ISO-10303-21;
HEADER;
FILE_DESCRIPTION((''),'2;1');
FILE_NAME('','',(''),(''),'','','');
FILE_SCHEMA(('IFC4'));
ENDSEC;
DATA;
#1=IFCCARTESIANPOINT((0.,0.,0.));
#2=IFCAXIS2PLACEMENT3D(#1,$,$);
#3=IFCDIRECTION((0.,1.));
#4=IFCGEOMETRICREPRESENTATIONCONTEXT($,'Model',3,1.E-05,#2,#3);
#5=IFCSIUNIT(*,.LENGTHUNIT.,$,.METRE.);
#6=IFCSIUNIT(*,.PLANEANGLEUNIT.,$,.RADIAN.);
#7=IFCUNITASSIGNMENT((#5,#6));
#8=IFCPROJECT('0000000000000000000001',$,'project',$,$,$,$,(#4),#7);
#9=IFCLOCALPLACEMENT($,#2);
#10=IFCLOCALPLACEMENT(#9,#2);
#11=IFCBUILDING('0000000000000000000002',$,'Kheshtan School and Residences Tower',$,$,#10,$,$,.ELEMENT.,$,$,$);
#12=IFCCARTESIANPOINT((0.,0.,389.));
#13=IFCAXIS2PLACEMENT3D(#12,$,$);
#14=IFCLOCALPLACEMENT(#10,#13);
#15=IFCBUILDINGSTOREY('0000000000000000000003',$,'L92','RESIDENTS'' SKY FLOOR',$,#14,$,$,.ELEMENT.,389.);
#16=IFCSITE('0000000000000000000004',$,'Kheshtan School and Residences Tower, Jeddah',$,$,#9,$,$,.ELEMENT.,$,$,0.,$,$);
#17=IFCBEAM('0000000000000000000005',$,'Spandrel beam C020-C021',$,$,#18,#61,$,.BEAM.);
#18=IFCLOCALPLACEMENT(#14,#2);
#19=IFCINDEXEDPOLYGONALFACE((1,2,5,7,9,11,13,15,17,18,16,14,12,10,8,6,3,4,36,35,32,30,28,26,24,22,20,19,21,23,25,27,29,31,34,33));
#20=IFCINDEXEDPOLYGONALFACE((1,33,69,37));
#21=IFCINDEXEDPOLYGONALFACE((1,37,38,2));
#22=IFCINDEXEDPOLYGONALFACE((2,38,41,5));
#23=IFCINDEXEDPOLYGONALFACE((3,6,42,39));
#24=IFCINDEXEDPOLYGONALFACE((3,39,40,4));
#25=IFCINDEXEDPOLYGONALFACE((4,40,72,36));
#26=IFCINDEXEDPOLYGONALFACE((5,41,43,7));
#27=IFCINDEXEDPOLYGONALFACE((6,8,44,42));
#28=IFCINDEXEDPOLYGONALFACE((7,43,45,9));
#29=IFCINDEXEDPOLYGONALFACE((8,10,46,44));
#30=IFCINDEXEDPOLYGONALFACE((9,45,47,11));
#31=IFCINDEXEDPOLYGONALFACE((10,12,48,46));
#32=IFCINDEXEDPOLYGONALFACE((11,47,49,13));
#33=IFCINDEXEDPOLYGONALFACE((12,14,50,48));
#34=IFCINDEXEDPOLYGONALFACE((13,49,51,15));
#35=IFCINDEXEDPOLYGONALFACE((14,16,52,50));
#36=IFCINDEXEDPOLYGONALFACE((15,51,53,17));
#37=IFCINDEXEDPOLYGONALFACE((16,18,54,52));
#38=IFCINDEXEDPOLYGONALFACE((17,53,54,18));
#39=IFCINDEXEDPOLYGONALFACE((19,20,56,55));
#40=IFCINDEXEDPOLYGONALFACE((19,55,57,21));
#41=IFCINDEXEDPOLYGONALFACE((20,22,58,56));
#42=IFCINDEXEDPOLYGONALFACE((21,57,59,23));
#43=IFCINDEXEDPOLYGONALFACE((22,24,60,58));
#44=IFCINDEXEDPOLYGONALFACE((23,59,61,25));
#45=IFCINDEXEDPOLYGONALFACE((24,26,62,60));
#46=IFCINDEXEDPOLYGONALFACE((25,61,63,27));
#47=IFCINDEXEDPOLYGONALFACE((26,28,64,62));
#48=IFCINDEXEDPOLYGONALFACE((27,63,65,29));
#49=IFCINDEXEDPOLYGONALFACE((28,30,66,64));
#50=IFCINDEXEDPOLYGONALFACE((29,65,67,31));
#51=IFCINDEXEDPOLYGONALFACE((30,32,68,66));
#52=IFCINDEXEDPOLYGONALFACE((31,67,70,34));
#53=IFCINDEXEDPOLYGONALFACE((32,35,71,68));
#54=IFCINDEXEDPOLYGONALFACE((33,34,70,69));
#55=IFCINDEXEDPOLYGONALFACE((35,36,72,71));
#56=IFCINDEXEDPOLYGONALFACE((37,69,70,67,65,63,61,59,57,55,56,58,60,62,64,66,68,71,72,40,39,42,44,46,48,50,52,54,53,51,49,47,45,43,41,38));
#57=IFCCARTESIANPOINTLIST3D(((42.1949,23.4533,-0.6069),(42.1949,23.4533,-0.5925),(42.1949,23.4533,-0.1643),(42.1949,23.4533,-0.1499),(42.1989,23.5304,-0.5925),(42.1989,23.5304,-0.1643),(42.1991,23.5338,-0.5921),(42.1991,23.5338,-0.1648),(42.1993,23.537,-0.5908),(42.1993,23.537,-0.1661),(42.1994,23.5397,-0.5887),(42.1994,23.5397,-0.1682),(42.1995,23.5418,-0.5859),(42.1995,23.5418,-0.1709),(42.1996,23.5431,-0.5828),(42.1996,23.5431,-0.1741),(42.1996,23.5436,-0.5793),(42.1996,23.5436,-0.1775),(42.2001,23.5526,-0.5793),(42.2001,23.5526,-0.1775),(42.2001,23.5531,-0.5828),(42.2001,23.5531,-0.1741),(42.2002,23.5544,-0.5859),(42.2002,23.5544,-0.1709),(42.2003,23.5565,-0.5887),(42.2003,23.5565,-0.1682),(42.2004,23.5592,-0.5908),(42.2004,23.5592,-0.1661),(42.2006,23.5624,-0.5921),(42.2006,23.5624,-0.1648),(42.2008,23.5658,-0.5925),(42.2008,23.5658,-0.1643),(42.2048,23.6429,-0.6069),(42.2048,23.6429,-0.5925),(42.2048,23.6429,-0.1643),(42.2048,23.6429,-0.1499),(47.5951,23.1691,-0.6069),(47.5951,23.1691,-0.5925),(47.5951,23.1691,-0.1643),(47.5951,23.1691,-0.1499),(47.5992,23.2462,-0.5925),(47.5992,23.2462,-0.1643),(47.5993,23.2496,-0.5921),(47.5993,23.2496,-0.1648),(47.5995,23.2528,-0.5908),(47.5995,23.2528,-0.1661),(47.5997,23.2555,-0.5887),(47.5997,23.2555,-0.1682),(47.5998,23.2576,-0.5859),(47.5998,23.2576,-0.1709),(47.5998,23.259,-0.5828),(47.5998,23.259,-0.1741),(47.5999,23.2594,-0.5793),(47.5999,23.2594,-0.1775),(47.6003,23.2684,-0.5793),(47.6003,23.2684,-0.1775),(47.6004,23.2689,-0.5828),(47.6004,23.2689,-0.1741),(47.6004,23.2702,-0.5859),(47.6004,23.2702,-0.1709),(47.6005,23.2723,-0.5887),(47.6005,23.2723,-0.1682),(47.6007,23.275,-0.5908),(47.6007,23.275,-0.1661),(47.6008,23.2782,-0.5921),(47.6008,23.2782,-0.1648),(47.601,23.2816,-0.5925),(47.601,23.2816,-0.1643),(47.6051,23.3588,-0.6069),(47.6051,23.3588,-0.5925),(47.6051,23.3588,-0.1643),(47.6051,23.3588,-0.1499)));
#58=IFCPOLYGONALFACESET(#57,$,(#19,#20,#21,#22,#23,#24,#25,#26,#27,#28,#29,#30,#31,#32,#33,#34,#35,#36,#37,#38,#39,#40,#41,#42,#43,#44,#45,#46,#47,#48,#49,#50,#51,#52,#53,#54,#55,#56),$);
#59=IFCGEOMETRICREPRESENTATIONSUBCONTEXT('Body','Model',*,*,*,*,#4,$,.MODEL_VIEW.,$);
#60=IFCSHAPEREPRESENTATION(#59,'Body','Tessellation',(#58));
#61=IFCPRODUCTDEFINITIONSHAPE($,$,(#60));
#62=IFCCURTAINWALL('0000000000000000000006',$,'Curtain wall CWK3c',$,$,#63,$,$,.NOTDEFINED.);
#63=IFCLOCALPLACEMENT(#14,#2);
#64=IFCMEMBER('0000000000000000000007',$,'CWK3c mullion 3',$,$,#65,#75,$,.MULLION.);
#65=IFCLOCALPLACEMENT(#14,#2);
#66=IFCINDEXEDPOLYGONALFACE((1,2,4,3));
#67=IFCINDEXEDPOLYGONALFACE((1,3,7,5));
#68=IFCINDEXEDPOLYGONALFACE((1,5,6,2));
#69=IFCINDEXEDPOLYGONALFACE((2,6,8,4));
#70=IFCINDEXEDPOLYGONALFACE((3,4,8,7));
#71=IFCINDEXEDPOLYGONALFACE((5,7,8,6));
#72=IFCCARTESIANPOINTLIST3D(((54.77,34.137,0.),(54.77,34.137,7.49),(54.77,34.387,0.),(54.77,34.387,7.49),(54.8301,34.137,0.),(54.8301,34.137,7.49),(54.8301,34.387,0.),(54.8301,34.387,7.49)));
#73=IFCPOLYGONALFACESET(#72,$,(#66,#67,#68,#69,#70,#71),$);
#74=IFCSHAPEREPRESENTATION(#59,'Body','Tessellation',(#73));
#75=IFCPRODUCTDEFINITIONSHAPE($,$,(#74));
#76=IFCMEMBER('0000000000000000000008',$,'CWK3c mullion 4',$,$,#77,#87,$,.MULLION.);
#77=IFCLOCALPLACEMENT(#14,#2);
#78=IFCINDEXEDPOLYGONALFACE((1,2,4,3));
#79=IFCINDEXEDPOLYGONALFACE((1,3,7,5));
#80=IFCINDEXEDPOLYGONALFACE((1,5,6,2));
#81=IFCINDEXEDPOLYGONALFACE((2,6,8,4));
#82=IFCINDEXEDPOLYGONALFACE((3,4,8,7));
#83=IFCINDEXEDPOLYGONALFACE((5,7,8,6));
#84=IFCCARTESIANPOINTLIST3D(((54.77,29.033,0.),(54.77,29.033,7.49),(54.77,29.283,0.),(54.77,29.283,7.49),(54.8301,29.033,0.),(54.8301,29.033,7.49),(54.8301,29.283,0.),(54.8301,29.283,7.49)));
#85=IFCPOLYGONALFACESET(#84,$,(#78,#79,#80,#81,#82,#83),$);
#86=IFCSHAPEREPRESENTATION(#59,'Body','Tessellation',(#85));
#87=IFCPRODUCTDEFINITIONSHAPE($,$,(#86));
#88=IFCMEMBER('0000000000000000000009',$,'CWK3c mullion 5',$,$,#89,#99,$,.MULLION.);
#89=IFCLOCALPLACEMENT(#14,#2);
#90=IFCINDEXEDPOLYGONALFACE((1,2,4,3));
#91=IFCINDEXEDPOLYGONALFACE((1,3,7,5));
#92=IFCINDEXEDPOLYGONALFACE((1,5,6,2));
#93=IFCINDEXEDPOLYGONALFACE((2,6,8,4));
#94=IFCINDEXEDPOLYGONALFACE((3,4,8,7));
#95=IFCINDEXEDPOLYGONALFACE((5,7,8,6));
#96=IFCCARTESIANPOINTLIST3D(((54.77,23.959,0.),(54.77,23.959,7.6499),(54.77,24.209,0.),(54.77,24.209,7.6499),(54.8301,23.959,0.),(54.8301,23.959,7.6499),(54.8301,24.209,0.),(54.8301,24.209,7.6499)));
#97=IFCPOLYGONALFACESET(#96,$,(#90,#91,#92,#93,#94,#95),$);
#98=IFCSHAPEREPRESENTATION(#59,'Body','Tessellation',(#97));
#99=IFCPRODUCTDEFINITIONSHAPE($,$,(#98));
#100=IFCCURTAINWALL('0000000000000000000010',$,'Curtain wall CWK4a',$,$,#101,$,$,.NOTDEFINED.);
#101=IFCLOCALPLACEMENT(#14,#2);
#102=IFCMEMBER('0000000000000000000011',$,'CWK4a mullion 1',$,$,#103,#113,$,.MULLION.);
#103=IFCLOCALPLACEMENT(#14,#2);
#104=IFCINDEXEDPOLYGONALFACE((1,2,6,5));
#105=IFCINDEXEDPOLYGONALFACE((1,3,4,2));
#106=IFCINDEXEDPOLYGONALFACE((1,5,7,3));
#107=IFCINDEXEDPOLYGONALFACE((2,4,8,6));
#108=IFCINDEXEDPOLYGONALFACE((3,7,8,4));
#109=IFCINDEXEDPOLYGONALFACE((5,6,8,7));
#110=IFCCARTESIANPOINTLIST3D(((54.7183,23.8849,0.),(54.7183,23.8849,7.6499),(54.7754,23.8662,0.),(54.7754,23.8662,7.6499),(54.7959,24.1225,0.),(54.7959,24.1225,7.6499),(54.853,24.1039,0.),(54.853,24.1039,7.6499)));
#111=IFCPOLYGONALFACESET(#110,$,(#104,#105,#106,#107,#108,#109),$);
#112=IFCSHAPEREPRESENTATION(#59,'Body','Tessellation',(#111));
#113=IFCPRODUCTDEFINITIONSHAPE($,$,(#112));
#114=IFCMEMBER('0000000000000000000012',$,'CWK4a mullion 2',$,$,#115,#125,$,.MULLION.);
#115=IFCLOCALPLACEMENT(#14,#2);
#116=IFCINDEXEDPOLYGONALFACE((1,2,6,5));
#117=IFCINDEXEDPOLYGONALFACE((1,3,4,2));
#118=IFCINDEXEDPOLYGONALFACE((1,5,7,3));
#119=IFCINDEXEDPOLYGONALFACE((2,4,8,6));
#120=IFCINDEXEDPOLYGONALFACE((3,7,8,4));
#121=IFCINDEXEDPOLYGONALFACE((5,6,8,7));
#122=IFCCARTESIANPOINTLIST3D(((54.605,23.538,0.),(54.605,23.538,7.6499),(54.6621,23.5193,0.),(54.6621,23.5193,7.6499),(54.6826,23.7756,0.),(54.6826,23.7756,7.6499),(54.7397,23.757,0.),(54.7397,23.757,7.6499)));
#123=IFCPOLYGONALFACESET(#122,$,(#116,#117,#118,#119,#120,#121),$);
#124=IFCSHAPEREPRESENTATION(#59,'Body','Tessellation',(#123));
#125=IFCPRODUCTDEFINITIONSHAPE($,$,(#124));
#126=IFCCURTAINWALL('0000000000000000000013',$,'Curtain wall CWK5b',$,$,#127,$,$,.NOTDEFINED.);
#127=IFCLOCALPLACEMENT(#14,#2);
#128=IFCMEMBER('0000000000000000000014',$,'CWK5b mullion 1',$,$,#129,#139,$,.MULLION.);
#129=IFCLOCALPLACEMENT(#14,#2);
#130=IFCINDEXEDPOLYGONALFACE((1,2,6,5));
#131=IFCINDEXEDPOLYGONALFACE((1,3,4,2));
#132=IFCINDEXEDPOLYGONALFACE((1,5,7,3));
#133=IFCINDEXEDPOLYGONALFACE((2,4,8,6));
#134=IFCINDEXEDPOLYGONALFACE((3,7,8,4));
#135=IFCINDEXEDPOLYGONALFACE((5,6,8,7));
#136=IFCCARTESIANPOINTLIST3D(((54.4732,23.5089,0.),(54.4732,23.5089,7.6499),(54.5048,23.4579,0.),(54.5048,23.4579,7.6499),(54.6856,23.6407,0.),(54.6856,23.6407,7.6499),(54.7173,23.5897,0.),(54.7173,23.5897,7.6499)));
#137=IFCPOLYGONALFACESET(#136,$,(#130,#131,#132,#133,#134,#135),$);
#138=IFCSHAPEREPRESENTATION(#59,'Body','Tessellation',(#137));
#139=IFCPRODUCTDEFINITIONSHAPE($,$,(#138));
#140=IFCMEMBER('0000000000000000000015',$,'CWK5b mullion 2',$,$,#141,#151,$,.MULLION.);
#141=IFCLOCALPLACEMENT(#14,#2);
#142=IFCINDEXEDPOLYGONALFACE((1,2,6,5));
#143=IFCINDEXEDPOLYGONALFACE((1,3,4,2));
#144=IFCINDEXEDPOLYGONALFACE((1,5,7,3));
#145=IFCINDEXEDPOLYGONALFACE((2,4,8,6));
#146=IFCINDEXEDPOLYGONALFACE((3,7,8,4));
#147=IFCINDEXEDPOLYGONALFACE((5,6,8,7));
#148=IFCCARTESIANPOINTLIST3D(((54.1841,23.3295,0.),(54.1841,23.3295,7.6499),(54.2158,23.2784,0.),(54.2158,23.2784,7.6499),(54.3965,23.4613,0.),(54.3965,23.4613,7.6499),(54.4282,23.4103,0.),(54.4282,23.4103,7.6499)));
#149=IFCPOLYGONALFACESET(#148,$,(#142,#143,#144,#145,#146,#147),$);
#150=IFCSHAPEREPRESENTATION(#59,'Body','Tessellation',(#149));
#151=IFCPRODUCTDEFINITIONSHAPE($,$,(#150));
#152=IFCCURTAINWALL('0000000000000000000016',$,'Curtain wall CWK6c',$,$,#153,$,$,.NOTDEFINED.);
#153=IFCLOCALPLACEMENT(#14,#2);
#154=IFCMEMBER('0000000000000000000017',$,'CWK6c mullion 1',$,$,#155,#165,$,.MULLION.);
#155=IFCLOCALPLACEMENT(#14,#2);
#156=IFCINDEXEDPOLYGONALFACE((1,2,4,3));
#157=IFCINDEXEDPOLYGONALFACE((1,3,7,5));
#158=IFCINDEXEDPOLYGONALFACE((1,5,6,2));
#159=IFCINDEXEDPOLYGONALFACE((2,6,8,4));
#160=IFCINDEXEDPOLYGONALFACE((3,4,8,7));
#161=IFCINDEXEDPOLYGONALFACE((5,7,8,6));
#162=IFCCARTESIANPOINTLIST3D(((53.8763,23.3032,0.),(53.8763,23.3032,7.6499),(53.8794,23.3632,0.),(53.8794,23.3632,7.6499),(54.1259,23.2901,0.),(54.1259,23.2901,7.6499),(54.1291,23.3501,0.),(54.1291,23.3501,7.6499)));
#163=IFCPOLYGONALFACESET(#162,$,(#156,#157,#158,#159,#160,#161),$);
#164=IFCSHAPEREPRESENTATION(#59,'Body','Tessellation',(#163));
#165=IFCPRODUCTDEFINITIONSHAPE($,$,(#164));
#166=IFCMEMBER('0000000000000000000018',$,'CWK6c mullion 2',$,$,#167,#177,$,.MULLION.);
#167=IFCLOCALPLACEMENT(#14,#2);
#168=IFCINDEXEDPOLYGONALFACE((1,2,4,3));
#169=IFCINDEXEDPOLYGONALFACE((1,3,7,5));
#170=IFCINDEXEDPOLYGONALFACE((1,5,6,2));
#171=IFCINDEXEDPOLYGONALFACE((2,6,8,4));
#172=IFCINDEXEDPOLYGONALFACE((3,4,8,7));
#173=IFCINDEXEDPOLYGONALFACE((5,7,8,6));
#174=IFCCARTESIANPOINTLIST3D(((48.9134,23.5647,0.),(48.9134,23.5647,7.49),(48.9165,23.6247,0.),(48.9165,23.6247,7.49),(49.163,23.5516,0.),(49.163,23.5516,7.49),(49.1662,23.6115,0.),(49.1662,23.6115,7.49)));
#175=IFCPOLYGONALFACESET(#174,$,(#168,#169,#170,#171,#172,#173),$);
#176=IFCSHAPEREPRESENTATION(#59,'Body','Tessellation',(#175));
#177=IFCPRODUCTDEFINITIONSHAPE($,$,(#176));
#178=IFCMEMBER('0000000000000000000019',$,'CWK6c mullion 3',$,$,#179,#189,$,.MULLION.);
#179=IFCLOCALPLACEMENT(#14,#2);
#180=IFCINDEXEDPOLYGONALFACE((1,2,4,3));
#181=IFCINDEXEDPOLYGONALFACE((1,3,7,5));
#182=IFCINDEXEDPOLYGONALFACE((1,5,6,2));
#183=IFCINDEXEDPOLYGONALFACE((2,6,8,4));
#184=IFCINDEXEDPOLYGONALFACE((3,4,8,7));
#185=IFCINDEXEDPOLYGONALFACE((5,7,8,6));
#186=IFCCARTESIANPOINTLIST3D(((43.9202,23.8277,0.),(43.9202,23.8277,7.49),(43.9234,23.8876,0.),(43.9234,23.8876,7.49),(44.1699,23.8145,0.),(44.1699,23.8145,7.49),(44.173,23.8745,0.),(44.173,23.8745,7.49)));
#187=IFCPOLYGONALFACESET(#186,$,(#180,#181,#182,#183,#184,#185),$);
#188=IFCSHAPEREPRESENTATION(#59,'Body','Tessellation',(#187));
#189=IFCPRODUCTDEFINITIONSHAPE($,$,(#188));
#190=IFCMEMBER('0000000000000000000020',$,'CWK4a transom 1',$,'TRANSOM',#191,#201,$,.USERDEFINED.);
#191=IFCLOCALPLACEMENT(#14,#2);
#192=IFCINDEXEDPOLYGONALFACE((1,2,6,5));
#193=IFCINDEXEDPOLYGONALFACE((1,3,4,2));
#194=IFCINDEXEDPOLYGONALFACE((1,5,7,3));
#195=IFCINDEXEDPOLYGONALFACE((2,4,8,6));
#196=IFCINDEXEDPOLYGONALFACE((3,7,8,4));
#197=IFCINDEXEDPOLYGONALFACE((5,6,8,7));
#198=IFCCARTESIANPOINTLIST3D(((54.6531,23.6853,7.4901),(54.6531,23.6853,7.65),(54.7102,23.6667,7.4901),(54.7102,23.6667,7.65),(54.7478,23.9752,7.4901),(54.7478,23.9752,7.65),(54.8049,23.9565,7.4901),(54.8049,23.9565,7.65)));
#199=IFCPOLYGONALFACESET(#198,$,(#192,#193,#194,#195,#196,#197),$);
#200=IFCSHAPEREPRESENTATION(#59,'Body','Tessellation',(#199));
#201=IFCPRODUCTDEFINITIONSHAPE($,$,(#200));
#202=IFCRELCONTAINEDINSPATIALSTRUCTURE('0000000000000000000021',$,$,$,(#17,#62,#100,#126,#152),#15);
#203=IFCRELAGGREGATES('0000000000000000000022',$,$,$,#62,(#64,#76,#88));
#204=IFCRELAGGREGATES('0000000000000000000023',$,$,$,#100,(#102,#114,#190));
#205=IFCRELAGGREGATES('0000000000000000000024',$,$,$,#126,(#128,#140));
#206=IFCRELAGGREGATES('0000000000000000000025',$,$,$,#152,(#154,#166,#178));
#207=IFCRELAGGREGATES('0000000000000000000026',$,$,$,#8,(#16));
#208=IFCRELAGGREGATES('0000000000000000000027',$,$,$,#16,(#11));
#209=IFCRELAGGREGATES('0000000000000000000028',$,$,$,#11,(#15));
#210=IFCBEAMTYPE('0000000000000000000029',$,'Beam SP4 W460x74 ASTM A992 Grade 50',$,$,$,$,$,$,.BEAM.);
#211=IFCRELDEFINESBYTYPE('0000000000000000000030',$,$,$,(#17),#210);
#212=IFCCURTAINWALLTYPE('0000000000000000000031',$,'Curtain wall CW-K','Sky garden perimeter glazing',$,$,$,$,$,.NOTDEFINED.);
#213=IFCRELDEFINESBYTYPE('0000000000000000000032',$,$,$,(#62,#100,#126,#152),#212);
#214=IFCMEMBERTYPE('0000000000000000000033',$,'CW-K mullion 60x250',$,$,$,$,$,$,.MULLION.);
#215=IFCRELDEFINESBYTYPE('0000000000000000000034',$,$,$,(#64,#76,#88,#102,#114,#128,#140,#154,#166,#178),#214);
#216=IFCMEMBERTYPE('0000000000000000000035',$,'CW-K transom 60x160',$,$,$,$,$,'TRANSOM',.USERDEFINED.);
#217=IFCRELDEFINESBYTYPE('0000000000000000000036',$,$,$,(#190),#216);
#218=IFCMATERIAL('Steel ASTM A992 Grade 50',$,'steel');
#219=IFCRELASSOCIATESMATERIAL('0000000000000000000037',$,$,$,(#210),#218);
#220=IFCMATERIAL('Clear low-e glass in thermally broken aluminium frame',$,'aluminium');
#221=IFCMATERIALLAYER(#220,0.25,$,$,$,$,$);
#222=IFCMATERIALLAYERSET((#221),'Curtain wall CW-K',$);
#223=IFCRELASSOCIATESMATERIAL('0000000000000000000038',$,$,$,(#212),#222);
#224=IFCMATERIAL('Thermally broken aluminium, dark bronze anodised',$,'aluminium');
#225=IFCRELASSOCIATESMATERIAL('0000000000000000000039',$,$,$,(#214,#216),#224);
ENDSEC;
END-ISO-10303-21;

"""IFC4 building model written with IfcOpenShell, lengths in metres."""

from ifc_helpers import new_model, si_unit, direction, frame, origin, origin_2d, place, context, subcontext, project, spatial, rectangle, i_section, extrude, material, layer, layer_set, material_profile, profile_set, type_object, element, aggregate, save


model = new_model("IFC4")

# Units and contexts
model_context = context("Model", 3, precision=1e-05, world=origin(), true_north=direction((0.0, 1.0)))
body_context = subcontext(model_context, "Body", "Model", "MODEL_VIEW")
ifc_project = project(units=[si_unit("LENGTHUNIT", "METRE"), si_unit("PLANEANGLEUNIT", "RADIAN")], contexts=[model_context])

# Site, building, storey
site_placement = place(None, origin())
site = spatial("IfcSite", under=ifc_project, at=site_placement, Name="Kheshtan School and Residences Tower, Jeddah", CompositionType="ELEMENT", RefElevation=0.0)
building_placement = place(site_placement, origin())
building = spatial("IfcBuilding", under=site, at=building_placement, Name="Kheshtan School and Residences Tower", CompositionType="ELEMENT")
storey_placement = place(building_placement, frame((0.0, 0.0, 389.0)))
storey = spatial("IfcBuildingStorey", under=building, at=storey_placement, Name="L92", Description="RESIDENTS' SKY FLOOR", CompositionType="ELEMENT", Elevation=389.0)

# Shared definitions
ifc_material_1 = material(Name="Steel ASTM A992 Grade 50", Category="steel")

# Beam
ifc_material_profile_1 = material_profile(ifc_material_1, i_section(OverallWidth=0.1899, OverallDepth=0.457, WebThickness=0.009, FlangeThickness=0.0144, FilletRadius=0.0132, at=origin_2d()), Name="W460x74")
ifc_profile_set_1 = profile_set([ifc_material_profile_1], Name="Steel ASTM A992 Grade 50")
beam_type_1 = type_object("IfcBeamType", Name="Beam SP4 W460x74 ASTM A992 Grade 50", PredefinedType="BEAM", material=ifc_profile_set_1)
beam_1_placement = place(storey_placement, frame((47.6001, 23.2639, -0.3784), z_axis=(-0.998618, 0.052552, 0.0), x_axis=(-0.052552, -0.998618, 0.0)))
element("IfcBeam", 1, at=beam_1_placement, inside=storey, type_object=beam_type_1, Name="Spandrel beam C020-C021", PredefinedType="BEAM", context=body_context, shape_type="SweptSolid", body=[
    extrude(i_section(OverallWidth=0.1899, OverallDepth=0.457, WebThickness=0.009, FlangeThickness=0.0144, FilletRadius=0.0132, at=origin_2d()), origin(), (0.0, 0.0, 1.0), 5.4077),
])

# Curtain walls, members
ifc_material_2 = material(Name="Clear low-e glass in thermally broken aluminium frame", Category="aluminium")
ifc_layer_1 = layer(ifc_material_2, 0.25)
ifc_layer_set_1 = layer_set([ifc_layer_1], Name="Curtain wall CW-K")
curtain_wall_type = type_object("IfcCurtainWallType", Name="Curtain wall CW-K", Description="Sky garden perimeter glazing", PredefinedType="NOTDEFINED", material=ifc_layer_set_1)
curtain_wall_1_placement = place(storey_placement, origin())
curtain_wall_1 = element("IfcCurtainWall", 2, at=curtain_wall_1_placement, inside=storey, type_object=curtain_wall_type, Name="Curtain wall CWK3c", PredefinedType="NOTDEFINED")
ifc_material_3 = material(Name="Thermally broken aluminium, dark bronze anodised", Category="aluminium")
ifc_material_profile_2 = material_profile(ifc_material_3, rectangle(XDim=0.0601, YDim=0.25, at=origin_2d()), Name="CW-K mullion 60x250")
ifc_profile_set_2 = profile_set([ifc_material_profile_2], Name="Thermally broken aluminium, dark bronze anodised")
member_type_1 = type_object("IfcMemberType", Name="CW-K mullion 60x250", PredefinedType="MULLION", material=ifc_profile_set_2)
member_1_placement = place(storey_placement, frame((54.8, 34.262, 0.0), z_axis=(0.0, 0.0, 1.0), x_axis=(1.0, 0.0, 0.0)))
member_1 = element("IfcMember", 3, at=member_1_placement, type_object=member_type_1, Name="CWK3c mullion 3", PredefinedType="MULLION", context=body_context, shape_type="SweptSolid", body=[
    extrude(rectangle(XDim=0.0601, YDim=0.25, at=origin_2d()), origin(), (0.0, 0.0, 1.0), 7.49),
])
member_2_placement = place(storey_placement, frame((54.8, 29.158, 0.0), z_axis=(0.0, 0.0, 1.0), x_axis=(1.0, 0.0, 0.0)))
member_2 = element("IfcMember", 4, at=member_2_placement, type_object=member_type_1, Name="CWK3c mullion 4", PredefinedType="MULLION", context=body_context, shape_type="SweptSolid", body=[
    extrude(rectangle(XDim=0.0601, YDim=0.25, at=origin_2d()), origin(), (0.0, 0.0, 1.0), 7.49),
])
member_3_placement = place(storey_placement, frame((54.8, 24.084, 0.0), z_axis=(0.0, 0.0, 1.0), x_axis=(1.0, 0.0, 0.0)))
member_3 = element("IfcMember", 5, at=member_3_placement, type_object=member_type_1, Name="CWK3c mullion 5", PredefinedType="MULLION", context=body_context, shape_type="SweptSolid", body=[
    extrude(rectangle(XDim=0.0601, YDim=0.25, at=origin_2d()), origin(), (0.0, 0.0, 1.0), 7.6499),
])
curtain_wall_2_placement = place(storey_placement, origin())
curtain_wall_2 = element("IfcCurtainWall", 6, at=curtain_wall_2_placement, inside=storey, type_object=curtain_wall_type, Name="Curtain wall CWK4a", PredefinedType="NOTDEFINED")
member_4_placement = place(storey_placement, frame((54.7856, 23.9944, 0.0), z_axis=(0.0, 0.0, 1.0), x_axis=(0.950549, -0.310575, 0.0)))
member_4 = element("IfcMember", 7, at=member_4_placement, type_object=member_type_1, Name="CWK4a mullion 1", PredefinedType="MULLION", context=body_context, shape_type="SweptSolid", body=[
    extrude(rectangle(XDim=0.0601, YDim=0.25, at=origin_2d()), origin(), (0.0, 0.0, 1.0), 7.6499),
])
member_5_placement = place(storey_placement, frame((54.6724, 23.6475, 0.0), z_axis=(0.0, 0.0, 1.0), x_axis=(0.950549, -0.310575, 0.0)))
member_5 = element("IfcMember", 8, at=member_5_placement, type_object=member_type_1, Name="CWK4a mullion 2", PredefinedType="MULLION", context=body_context, shape_type="SweptSolid", body=[
    extrude(rectangle(XDim=0.0601, YDim=0.25, at=origin_2d()), origin(), (0.0, 0.0, 1.0), 7.6499),
])
curtain_wall_3_placement = place(storey_placement, origin())
curtain_wall_3 = element("IfcCurtainWall", 9, at=curtain_wall_3_placement, inside=storey, type_object=curtain_wall_type, Name="Curtain wall CWK5b", PredefinedType="NOTDEFINED")
member_6_placement = place(storey_placement, frame((54.5952, 23.5493, 0.0), z_axis=(0.0, 0.0, 1.0), x_axis=(0.527301, -0.849679, 0.0)))
member_6 = element("IfcMember", 10, at=member_6_placement, type_object=member_type_1, Name="CWK5b mullion 1", PredefinedType="MULLION", context=body_context, shape_type="SweptSolid", body=[
    extrude(rectangle(XDim=0.0601, YDim=0.25, at=origin_2d()), origin(), (0.0, 0.0, 1.0), 7.6499),
])
member_7_placement = place(storey_placement, frame((54.3062, 23.3699, 0.0), z_axis=(0.0, 0.0, 1.0), x_axis=(0.527301, -0.849679, 0.0)))
member_7 = element("IfcMember", 11, at=member_7_placement, type_object=member_type_1, Name="CWK5b mullion 2", PredefinedType="MULLION", context=body_context, shape_type="SweptSolid", body=[
    extrude(rectangle(XDim=0.0601, YDim=0.25, at=origin_2d()), origin(), (0.0, 0.0, 1.0), 7.6499),
])
curtain_wall_4_placement = place(storey_placement, origin())
curtain_wall_4 = element("IfcCurtainWall", 12, at=curtain_wall_4_placement, inside=storey, type_object=curtain_wall_type, Name="Curtain wall CWK6c", PredefinedType="NOTDEFINED")
member_8_placement = place(storey_placement, frame((54.0027, 23.3267, 0.0), z_axis=(0.0, 0.0, 1.0), x_axis=(-0.052601, -0.998616, 0.0)))
member_8 = element("IfcMember", 13, at=member_8_placement, type_object=member_type_1, Name="CWK6c mullion 1", PredefinedType="MULLION", context=body_context, shape_type="SweptSolid", body=[
    extrude(rectangle(XDim=0.0601, YDim=0.25, at=origin_2d()), origin(), (0.0, 0.0, 1.0), 7.6499),
])
member_9_placement = place(storey_placement, frame((49.0398, 23.5881, 0.0), z_axis=(0.0, 0.0, 1.0), x_axis=(-0.052601, -0.998616, 0.0)))
member_9 = element("IfcMember", 14, at=member_9_placement, type_object=member_type_1, Name="CWK6c mullion 2", PredefinedType="MULLION", context=body_context, shape_type="SweptSolid", body=[
    extrude(rectangle(XDim=0.0601, YDim=0.25, at=origin_2d()), origin(), (0.0, 0.0, 1.0), 7.49),
])
member_10_placement = place(storey_placement, frame((44.0466, 23.8511, 0.0), z_axis=(0.0, 0.0, 1.0), x_axis=(-0.052601, -0.998616, 0.0)))
member_10 = element("IfcMember", 15, at=member_10_placement, type_object=member_type_1, Name="CWK6c mullion 3", PredefinedType="MULLION", context=body_context, shape_type="SweptSolid", body=[
    extrude(rectangle(XDim=0.0601, YDim=0.25, at=origin_2d()), origin(), (0.0, 0.0, 1.0), 7.49),
])

# Member
ifc_material_profile_3 = material_profile(ifc_material_3, rectangle(XDim=0.0601, YDim=0.1599, at=origin_2d()), Name="CW-K transom 60x160")
ifc_profile_set_3 = profile_set([ifc_material_profile_3], Name="Thermally broken aluminium, dark bronze anodised")
member_type_2 = type_object("IfcMemberType", Name="CW-K transom 60x160", ElementType="TRANSOM", PredefinedType="USERDEFINED", material=ifc_profile_set_3)
member_11_placement = place(storey_placement, frame((54.7764, 23.9658, 7.5701), z_axis=(-0.310697, -0.950509, 0.0), x_axis=(0.950509, -0.310697, 0.0)))
member_11 = element("IfcMember", 16, at=member_11_placement, type_object=member_type_2, Name="CWK4a transom 1", ObjectType="TRANSOM", PredefinedType="USERDEFINED", context=body_context, shape_type="SweptSolid", body=[
    extrude(rectangle(XDim=0.0601, YDim=0.1599, at=origin_2d()), origin(), (0.0, 0.0, 1.0), 0.3049),
])

aggregate(curtain_wall_1, [member_1, member_2, member_3])
aggregate(curtain_wall_2, [member_4, member_5, member_11])
aggregate(curtain_wall_3, [member_6, member_7])
aggregate(curtain_wall_4, [member_8, member_9, member_10])

save(model, "model.ifc")
